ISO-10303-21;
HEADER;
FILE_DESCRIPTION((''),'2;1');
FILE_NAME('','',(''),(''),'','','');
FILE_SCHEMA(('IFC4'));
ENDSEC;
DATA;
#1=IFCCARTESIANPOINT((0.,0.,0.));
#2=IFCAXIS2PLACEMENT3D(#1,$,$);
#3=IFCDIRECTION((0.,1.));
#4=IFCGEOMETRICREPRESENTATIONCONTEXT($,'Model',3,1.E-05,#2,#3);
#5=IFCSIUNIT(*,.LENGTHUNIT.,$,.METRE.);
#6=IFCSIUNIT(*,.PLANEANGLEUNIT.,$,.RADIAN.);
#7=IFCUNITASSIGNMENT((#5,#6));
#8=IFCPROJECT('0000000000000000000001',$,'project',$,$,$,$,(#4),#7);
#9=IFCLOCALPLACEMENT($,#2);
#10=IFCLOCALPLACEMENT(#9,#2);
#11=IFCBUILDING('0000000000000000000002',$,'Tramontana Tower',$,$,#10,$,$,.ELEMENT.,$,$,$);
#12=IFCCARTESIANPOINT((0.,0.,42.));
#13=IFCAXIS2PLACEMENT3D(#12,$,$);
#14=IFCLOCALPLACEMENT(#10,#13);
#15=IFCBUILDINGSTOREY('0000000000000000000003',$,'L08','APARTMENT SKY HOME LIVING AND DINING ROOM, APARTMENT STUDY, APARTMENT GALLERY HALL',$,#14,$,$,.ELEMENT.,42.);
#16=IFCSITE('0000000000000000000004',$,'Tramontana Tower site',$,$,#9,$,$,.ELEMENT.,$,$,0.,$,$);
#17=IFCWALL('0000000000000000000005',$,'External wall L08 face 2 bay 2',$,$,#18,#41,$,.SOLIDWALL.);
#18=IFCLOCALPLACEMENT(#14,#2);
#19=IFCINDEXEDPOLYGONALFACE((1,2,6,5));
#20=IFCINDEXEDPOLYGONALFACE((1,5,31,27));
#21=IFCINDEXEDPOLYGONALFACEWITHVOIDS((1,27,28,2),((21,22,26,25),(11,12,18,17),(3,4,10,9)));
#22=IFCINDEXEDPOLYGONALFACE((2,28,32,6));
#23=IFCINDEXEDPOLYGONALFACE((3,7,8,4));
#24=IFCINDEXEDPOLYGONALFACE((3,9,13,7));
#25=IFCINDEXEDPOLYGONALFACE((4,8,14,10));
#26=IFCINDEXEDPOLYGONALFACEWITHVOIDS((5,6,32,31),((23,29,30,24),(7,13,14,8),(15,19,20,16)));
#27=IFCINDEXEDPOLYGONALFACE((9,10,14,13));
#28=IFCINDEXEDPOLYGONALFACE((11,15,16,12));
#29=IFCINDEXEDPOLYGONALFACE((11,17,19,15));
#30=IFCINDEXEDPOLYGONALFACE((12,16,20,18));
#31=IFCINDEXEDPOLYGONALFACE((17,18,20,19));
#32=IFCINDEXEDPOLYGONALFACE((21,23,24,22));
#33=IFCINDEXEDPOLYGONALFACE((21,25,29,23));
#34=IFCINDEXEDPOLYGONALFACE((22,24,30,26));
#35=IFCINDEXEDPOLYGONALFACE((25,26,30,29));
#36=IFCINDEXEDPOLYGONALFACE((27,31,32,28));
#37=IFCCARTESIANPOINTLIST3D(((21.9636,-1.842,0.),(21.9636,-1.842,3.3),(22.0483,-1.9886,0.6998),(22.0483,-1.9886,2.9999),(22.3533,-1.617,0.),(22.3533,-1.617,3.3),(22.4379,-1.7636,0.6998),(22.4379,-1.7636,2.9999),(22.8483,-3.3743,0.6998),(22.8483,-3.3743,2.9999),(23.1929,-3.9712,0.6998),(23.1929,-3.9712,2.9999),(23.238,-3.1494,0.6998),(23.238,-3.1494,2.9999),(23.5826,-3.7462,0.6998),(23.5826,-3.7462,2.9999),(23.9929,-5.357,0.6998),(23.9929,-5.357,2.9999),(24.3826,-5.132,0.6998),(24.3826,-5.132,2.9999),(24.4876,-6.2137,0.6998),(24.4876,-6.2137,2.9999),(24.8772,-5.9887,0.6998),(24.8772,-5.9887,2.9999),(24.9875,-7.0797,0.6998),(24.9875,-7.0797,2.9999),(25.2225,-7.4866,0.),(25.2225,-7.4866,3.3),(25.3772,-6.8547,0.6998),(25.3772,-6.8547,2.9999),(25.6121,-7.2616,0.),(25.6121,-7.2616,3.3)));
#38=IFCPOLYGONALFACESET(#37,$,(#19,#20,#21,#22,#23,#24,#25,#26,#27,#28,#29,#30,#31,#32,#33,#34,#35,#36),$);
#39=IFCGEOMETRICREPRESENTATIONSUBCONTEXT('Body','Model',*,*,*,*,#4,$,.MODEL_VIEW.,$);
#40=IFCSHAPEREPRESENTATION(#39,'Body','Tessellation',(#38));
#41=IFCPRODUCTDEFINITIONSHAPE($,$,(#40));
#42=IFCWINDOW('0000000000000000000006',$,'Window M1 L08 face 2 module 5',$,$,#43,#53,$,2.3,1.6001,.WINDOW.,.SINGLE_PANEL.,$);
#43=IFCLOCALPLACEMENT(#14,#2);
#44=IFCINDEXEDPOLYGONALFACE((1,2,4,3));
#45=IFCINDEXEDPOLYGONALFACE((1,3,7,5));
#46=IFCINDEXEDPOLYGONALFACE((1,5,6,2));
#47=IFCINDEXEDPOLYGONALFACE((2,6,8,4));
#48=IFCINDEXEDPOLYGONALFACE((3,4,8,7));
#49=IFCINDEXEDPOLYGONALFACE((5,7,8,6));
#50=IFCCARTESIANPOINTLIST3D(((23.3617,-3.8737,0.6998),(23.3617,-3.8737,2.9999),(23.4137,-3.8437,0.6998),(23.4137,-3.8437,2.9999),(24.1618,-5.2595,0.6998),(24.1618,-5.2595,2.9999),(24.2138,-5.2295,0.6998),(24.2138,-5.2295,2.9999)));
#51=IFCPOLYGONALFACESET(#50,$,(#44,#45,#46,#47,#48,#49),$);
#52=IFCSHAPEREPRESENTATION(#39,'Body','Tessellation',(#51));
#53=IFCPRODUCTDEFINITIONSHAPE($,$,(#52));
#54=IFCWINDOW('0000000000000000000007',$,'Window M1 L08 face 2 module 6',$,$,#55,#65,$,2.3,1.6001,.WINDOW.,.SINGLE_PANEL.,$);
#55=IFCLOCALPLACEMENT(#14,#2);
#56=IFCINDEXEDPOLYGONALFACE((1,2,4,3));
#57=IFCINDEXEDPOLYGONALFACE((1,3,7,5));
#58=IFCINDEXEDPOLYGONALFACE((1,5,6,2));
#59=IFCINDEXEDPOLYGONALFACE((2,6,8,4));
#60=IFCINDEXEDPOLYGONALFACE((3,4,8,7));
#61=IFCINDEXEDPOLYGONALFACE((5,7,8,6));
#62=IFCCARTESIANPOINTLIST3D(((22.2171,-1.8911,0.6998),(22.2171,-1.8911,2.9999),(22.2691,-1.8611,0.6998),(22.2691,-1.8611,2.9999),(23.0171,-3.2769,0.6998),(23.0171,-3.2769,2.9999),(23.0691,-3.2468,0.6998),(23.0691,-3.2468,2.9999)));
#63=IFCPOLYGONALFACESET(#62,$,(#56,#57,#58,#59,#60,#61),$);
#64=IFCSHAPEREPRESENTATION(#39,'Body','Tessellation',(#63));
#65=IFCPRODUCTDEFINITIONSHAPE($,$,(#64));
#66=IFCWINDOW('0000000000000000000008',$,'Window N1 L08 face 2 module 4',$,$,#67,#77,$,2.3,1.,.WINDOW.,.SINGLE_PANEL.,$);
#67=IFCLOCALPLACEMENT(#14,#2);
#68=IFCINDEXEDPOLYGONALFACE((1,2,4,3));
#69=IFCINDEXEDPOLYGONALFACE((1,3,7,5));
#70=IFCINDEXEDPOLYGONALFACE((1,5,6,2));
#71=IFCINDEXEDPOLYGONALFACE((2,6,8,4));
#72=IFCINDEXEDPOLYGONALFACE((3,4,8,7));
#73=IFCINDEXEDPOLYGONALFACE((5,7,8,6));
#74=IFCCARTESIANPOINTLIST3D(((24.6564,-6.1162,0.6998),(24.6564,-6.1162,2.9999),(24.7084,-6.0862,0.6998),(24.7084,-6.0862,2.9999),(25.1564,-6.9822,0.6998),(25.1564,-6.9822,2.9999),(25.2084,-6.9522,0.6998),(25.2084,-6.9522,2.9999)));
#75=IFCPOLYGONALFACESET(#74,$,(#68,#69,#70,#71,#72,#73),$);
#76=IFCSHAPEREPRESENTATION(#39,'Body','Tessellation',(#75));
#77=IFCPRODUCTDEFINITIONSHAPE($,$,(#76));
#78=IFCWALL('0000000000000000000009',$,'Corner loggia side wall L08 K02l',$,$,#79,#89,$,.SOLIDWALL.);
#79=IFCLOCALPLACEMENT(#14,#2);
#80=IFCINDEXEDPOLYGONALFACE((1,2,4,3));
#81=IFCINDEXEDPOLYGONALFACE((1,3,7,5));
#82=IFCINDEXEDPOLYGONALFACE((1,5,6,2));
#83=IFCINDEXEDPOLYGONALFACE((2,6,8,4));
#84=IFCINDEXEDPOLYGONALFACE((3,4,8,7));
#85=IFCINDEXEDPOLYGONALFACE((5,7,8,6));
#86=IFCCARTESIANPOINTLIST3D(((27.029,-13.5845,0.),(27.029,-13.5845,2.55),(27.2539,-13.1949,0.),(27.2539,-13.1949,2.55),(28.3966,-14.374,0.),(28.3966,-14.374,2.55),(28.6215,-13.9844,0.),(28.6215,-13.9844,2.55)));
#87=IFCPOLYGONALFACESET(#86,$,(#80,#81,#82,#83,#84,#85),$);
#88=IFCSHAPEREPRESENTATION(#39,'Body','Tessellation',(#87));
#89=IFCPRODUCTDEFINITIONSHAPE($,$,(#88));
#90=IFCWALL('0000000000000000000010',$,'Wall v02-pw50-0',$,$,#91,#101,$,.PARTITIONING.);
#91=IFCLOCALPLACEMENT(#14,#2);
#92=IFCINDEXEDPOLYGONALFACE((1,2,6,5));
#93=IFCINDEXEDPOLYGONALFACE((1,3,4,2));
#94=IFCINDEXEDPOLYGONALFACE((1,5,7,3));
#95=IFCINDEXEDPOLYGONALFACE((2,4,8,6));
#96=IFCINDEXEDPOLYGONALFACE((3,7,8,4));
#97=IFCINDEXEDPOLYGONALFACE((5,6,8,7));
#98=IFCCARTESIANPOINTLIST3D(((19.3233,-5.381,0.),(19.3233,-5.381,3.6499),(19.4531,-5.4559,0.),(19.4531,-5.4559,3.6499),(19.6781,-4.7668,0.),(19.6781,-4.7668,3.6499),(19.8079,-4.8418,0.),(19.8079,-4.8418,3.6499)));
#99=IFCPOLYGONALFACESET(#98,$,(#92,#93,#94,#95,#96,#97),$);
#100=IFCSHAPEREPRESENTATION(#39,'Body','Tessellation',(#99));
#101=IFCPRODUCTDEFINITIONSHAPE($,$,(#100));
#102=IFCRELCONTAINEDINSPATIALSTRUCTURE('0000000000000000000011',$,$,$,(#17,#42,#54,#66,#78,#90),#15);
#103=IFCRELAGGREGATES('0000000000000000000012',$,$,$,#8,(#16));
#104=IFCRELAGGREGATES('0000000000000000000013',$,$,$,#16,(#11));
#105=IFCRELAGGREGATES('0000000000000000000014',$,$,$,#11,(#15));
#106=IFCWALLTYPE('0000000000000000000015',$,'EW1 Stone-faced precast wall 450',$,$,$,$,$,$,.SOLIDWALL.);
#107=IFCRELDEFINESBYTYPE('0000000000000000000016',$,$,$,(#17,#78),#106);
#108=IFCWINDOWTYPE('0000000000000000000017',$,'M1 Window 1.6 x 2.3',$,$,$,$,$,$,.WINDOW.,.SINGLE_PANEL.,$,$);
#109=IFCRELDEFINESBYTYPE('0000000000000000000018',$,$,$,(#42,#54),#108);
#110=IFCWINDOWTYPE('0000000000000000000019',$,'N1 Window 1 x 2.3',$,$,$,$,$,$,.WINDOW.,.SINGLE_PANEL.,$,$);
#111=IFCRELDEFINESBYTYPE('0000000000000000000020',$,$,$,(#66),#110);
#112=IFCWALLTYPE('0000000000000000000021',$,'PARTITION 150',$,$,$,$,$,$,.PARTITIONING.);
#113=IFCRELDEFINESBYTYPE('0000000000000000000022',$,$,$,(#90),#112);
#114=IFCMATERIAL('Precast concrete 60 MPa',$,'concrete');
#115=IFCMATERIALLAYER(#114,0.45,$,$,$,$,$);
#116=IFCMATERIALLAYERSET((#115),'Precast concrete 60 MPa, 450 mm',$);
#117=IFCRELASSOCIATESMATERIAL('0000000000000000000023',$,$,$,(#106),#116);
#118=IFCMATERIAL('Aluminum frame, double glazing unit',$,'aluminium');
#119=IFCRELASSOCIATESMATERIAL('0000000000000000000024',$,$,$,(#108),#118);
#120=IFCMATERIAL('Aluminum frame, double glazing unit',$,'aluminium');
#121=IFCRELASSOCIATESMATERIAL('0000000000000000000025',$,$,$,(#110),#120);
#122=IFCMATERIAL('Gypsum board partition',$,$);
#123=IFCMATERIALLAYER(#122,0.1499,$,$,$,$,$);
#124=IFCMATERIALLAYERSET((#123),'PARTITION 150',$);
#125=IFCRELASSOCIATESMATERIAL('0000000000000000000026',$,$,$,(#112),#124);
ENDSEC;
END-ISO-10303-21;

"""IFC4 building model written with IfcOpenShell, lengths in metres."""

from ifc_helpers import new_model, si_unit, direction, frame, frame_2d, origin, place, context, subcontext, project, spatial, rectangle, extrude, material, layer, layer_set, type_object, element, fill, save


model = new_model("IFC4")

# Units and contexts
model_context = context("Model", 3, precision=1e-05, world=origin(), true_north=direction((0.0, 1.0)))
body_context = subcontext(model_context, "Body", "Model", "MODEL_VIEW")
ifc_project = project(units=[si_unit("LENGTHUNIT", "METRE"), si_unit("PLANEANGLEUNIT", "RADIAN")], contexts=[model_context])

# Site, building, storey
site_placement = place(None, origin())
site = spatial("IfcSite", under=ifc_project, at=site_placement, Name="Tramontana Tower site", CompositionType="ELEMENT", RefElevation=0.0)
building_placement = place(site_placement, origin())
building = spatial("IfcBuilding", under=site, at=building_placement, Name="Tramontana Tower", CompositionType="ELEMENT")
storey_placement = place(building_placement, frame((0.0, 0.0, 42.0)))
storey = spatial("IfcBuildingStorey", under=building, at=storey_placement, Name="L08", Description="APARTMENT SKY HOME LIVING AND DINING ROOM, APARTMENT STUDY, APARTMENT GALLERY HALL", CompositionType="ELEMENT", Elevation=42.0)

# Wall, openings, windows
ifc_material_1 = material(Name="Precast concrete 60 MPa", Category="concrete")
ifc_layer_1 = layer(ifc_material_1, 0.45)
ifc_layer_set_1 = layer_set([ifc_layer_1], Name="Precast concrete 60 MPa, 450 mm")
wall_type_1 = type_object("IfcWallType", Name="EW1 Stone-faced precast wall 450", PredefinedType="SOLIDWALL", material=ifc_layer_set_1)
ifc_material_2 = material(Name="Aluminum frame, double glazing unit", Category="aluminium")
window_type_1 = type_object("IfcWindowType", Name="M1 Window 1.6 x 2.3", PartitioningType="SINGLE_PANEL", PredefinedType="WINDOW", material=ifc_material_2)
wall_1_placement = place(storey_placement, frame((25.4172, -7.374, 0.0), z_axis=(0.0, 0.0, 1.0), x_axis=(-0.49999, 0.866031, 0.0)))
wall_1 = element("IfcWall", 1, at=wall_1_placement, inside=storey, type_object=wall_type_1, Name="External wall L08 face 2 bay 2", PredefinedType="SOLIDWALL", context=body_context, shape_type="SweptSolid", body=[
    extrude(rectangle(XDim=6.5178, YDim=0.45, at=frame_2d((3.2588, 0.0))), origin(), (0.0, 0.0, 1.0), 3.3),
])
opening_1_placement = place(wall_1_placement, frame((0.4697, 0.0, 0.7)))
opening_1 = element("IfcOpeningElement", 2, at=opening_1_placement, cuts=wall_1, PredefinedType="OPENING", context=body_context, shape_type="SweptSolid", body=[
    extrude(rectangle(XDim=1.0, YDim=2.3, at=frame_2d((0.5, 1.1499))), frame((0.0, 0.2349, 0.0), z_axis=(0.0, -1.0, 0.0), x_axis=(1.0, 0.0, 0.0)), (0.0, 0.0, 1.0), 0.47),
])
opening_2_placement = place(wall_1_placement, frame((2.459, 0.0, 0.7)))
opening_2 = element("IfcOpeningElement", 3, at=opening_2_placement, cuts=wall_1, PredefinedType="OPENING", context=body_context, shape_type="SweptSolid", body=[
    extrude(rectangle(XDim=1.6001, YDim=2.3, at=frame_2d((0.8, 1.1499))), frame((0.0, 0.2349, 0.0), z_axis=(0.0, -1.0, 0.0), x_axis=(1.0, 0.0, 0.0)), (0.0, 0.0, 1.0), 0.47),
])
opening_3_placement = place(wall_1_placement, frame((4.7483, 0.0, 0.7)))
opening_3 = element("IfcOpeningElement", 4, at=opening_3_placement, cuts=wall_1, PredefinedType="OPENING", context=body_context, shape_type="SweptSolid", body=[
    extrude(rectangle(XDim=1.6001, YDim=2.3, at=frame_2d((0.8, 1.1499))), frame((0.0, 0.2349, 0.0), z_axis=(0.0, -1.0, 0.0), x_axis=(1.0, 0.0, 0.0)), (0.0, 0.0, 1.0), 0.47),
])
window_1_placement = place(opening_2_placement, origin())
window_1 = element("IfcWindow", 5, at=window_1_placement, inside=storey, type_object=window_type_1, Name="Window M1 L08 face 2 module 5", OverallHeight=2.3, OverallWidth=1.6001, PartitioningType="SINGLE_PANEL", PredefinedType="WINDOW", context=body_context, shape_type="SweptSolid", body=[
    extrude(rectangle(XDim=1.6001, YDim=2.3, at=frame_2d((0.8, 1.1499))), frame((0.0, 0.03, 0.0), z_axis=(0.0, -1.0, 0.0), x_axis=(1.0, 0.0, 0.0)), (0.0, 0.0, 1.0), 0.0601),
])
fill(opening_2, window_1)
window_2_placement = place(opening_3_placement, origin())
window_2 = element("IfcWindow", 6, at=window_2_placement, inside=storey, type_object=window_type_1, Name="Window M1 L08 face 2 module 6", OverallHeight=2.3, OverallWidth=1.6001, PartitioningType="SINGLE_PANEL", PredefinedType="WINDOW", context=body_context, shape_type="SweptSolid", body=[
    extrude(rectangle(XDim=1.6001, YDim=2.3, at=frame_2d((0.8, 1.1499))), frame((0.0, 0.03, 0.0), z_axis=(0.0, -1.0, 0.0), x_axis=(1.0, 0.0, 0.0)), (0.0, 0.0, 1.0), 0.0601),
])
fill(opening_3, window_2)
ifc_material_3 = material(Name="Aluminum frame, double glazing unit", Category="aluminium")
window_type_2 = type_object("IfcWindowType", Name="N1 Window 1 x 2.3", PartitioningType="SINGLE_PANEL", PredefinedType="WINDOW", material=ifc_material_3)
window_3_placement = place(opening_1_placement, origin())
window_3 = element("IfcWindow", 7, at=window_3_placement, inside=storey, type_object=window_type_2, Name="Window N1 L08 face 2 module 4", OverallHeight=2.3, OverallWidth=1.0, PartitioningType="SINGLE_PANEL", PredefinedType="WINDOW", context=body_context, shape_type="SweptSolid", body=[
    extrude(rectangle(XDim=1.0, YDim=2.3, at=frame_2d((0.5, 1.1499))), frame((0.0, 0.03, 0.0), z_axis=(0.0, -1.0, 0.0), x_axis=(1.0, 0.0, 0.0)), (0.0, 0.0, 1.0), 0.0601),
])
fill(opening_1, window_3)

# Wall
wall_2_placement = place(storey_placement, frame((28.509, -14.1792, 0.0), z_axis=(0.0, 0.0, 1.0), x_axis=(-0.866047, 0.499963, 0.0)))
element("IfcWall", 8, at=wall_2_placement, inside=storey, type_object=wall_type_1, Name="Corner loggia side wall L08 K02l", PredefinedType="SOLIDWALL", context=body_context, shape_type="SweptSolid", body=[
    extrude(rectangle(XDim=1.5791, YDim=0.45, at=frame_2d((0.7896, 0.0))), origin(), (0.0, 0.0, 1.0), 2.55),
])

# Wall
ifc_material_4 = material(Name="Gypsum board partition")
ifc_layer_2 = layer(ifc_material_4, 0.1499)
ifc_layer_set_2 = layer_set([ifc_layer_2], Name="PARTITION 150")
wall_type_2 = type_object("IfcWallType", Name="PARTITION 150", PredefinedType="PARTITIONING", material=ifc_layer_set_2)
wall_3_placement = place(storey_placement, frame((19.7429, -4.8044, 0.0), z_axis=(0.0, 0.0, 1.0), x_axis=(-0.500249, -0.865882, 0.0)))
element("IfcWall", 9, at=wall_3_placement, inside=storey, type_object=wall_type_2, Name="Wall v02-pw50-0", PredefinedType="PARTITIONING", context=body_context, shape_type="SweptSolid", body=[
    extrude(rectangle(XDim=0.7092, YDim=0.1499, at=frame_2d((0.3545, 0.0))), origin(), (0.0, 0.0, 1.0), 3.6499),
])

save(model, "model.ifc")
